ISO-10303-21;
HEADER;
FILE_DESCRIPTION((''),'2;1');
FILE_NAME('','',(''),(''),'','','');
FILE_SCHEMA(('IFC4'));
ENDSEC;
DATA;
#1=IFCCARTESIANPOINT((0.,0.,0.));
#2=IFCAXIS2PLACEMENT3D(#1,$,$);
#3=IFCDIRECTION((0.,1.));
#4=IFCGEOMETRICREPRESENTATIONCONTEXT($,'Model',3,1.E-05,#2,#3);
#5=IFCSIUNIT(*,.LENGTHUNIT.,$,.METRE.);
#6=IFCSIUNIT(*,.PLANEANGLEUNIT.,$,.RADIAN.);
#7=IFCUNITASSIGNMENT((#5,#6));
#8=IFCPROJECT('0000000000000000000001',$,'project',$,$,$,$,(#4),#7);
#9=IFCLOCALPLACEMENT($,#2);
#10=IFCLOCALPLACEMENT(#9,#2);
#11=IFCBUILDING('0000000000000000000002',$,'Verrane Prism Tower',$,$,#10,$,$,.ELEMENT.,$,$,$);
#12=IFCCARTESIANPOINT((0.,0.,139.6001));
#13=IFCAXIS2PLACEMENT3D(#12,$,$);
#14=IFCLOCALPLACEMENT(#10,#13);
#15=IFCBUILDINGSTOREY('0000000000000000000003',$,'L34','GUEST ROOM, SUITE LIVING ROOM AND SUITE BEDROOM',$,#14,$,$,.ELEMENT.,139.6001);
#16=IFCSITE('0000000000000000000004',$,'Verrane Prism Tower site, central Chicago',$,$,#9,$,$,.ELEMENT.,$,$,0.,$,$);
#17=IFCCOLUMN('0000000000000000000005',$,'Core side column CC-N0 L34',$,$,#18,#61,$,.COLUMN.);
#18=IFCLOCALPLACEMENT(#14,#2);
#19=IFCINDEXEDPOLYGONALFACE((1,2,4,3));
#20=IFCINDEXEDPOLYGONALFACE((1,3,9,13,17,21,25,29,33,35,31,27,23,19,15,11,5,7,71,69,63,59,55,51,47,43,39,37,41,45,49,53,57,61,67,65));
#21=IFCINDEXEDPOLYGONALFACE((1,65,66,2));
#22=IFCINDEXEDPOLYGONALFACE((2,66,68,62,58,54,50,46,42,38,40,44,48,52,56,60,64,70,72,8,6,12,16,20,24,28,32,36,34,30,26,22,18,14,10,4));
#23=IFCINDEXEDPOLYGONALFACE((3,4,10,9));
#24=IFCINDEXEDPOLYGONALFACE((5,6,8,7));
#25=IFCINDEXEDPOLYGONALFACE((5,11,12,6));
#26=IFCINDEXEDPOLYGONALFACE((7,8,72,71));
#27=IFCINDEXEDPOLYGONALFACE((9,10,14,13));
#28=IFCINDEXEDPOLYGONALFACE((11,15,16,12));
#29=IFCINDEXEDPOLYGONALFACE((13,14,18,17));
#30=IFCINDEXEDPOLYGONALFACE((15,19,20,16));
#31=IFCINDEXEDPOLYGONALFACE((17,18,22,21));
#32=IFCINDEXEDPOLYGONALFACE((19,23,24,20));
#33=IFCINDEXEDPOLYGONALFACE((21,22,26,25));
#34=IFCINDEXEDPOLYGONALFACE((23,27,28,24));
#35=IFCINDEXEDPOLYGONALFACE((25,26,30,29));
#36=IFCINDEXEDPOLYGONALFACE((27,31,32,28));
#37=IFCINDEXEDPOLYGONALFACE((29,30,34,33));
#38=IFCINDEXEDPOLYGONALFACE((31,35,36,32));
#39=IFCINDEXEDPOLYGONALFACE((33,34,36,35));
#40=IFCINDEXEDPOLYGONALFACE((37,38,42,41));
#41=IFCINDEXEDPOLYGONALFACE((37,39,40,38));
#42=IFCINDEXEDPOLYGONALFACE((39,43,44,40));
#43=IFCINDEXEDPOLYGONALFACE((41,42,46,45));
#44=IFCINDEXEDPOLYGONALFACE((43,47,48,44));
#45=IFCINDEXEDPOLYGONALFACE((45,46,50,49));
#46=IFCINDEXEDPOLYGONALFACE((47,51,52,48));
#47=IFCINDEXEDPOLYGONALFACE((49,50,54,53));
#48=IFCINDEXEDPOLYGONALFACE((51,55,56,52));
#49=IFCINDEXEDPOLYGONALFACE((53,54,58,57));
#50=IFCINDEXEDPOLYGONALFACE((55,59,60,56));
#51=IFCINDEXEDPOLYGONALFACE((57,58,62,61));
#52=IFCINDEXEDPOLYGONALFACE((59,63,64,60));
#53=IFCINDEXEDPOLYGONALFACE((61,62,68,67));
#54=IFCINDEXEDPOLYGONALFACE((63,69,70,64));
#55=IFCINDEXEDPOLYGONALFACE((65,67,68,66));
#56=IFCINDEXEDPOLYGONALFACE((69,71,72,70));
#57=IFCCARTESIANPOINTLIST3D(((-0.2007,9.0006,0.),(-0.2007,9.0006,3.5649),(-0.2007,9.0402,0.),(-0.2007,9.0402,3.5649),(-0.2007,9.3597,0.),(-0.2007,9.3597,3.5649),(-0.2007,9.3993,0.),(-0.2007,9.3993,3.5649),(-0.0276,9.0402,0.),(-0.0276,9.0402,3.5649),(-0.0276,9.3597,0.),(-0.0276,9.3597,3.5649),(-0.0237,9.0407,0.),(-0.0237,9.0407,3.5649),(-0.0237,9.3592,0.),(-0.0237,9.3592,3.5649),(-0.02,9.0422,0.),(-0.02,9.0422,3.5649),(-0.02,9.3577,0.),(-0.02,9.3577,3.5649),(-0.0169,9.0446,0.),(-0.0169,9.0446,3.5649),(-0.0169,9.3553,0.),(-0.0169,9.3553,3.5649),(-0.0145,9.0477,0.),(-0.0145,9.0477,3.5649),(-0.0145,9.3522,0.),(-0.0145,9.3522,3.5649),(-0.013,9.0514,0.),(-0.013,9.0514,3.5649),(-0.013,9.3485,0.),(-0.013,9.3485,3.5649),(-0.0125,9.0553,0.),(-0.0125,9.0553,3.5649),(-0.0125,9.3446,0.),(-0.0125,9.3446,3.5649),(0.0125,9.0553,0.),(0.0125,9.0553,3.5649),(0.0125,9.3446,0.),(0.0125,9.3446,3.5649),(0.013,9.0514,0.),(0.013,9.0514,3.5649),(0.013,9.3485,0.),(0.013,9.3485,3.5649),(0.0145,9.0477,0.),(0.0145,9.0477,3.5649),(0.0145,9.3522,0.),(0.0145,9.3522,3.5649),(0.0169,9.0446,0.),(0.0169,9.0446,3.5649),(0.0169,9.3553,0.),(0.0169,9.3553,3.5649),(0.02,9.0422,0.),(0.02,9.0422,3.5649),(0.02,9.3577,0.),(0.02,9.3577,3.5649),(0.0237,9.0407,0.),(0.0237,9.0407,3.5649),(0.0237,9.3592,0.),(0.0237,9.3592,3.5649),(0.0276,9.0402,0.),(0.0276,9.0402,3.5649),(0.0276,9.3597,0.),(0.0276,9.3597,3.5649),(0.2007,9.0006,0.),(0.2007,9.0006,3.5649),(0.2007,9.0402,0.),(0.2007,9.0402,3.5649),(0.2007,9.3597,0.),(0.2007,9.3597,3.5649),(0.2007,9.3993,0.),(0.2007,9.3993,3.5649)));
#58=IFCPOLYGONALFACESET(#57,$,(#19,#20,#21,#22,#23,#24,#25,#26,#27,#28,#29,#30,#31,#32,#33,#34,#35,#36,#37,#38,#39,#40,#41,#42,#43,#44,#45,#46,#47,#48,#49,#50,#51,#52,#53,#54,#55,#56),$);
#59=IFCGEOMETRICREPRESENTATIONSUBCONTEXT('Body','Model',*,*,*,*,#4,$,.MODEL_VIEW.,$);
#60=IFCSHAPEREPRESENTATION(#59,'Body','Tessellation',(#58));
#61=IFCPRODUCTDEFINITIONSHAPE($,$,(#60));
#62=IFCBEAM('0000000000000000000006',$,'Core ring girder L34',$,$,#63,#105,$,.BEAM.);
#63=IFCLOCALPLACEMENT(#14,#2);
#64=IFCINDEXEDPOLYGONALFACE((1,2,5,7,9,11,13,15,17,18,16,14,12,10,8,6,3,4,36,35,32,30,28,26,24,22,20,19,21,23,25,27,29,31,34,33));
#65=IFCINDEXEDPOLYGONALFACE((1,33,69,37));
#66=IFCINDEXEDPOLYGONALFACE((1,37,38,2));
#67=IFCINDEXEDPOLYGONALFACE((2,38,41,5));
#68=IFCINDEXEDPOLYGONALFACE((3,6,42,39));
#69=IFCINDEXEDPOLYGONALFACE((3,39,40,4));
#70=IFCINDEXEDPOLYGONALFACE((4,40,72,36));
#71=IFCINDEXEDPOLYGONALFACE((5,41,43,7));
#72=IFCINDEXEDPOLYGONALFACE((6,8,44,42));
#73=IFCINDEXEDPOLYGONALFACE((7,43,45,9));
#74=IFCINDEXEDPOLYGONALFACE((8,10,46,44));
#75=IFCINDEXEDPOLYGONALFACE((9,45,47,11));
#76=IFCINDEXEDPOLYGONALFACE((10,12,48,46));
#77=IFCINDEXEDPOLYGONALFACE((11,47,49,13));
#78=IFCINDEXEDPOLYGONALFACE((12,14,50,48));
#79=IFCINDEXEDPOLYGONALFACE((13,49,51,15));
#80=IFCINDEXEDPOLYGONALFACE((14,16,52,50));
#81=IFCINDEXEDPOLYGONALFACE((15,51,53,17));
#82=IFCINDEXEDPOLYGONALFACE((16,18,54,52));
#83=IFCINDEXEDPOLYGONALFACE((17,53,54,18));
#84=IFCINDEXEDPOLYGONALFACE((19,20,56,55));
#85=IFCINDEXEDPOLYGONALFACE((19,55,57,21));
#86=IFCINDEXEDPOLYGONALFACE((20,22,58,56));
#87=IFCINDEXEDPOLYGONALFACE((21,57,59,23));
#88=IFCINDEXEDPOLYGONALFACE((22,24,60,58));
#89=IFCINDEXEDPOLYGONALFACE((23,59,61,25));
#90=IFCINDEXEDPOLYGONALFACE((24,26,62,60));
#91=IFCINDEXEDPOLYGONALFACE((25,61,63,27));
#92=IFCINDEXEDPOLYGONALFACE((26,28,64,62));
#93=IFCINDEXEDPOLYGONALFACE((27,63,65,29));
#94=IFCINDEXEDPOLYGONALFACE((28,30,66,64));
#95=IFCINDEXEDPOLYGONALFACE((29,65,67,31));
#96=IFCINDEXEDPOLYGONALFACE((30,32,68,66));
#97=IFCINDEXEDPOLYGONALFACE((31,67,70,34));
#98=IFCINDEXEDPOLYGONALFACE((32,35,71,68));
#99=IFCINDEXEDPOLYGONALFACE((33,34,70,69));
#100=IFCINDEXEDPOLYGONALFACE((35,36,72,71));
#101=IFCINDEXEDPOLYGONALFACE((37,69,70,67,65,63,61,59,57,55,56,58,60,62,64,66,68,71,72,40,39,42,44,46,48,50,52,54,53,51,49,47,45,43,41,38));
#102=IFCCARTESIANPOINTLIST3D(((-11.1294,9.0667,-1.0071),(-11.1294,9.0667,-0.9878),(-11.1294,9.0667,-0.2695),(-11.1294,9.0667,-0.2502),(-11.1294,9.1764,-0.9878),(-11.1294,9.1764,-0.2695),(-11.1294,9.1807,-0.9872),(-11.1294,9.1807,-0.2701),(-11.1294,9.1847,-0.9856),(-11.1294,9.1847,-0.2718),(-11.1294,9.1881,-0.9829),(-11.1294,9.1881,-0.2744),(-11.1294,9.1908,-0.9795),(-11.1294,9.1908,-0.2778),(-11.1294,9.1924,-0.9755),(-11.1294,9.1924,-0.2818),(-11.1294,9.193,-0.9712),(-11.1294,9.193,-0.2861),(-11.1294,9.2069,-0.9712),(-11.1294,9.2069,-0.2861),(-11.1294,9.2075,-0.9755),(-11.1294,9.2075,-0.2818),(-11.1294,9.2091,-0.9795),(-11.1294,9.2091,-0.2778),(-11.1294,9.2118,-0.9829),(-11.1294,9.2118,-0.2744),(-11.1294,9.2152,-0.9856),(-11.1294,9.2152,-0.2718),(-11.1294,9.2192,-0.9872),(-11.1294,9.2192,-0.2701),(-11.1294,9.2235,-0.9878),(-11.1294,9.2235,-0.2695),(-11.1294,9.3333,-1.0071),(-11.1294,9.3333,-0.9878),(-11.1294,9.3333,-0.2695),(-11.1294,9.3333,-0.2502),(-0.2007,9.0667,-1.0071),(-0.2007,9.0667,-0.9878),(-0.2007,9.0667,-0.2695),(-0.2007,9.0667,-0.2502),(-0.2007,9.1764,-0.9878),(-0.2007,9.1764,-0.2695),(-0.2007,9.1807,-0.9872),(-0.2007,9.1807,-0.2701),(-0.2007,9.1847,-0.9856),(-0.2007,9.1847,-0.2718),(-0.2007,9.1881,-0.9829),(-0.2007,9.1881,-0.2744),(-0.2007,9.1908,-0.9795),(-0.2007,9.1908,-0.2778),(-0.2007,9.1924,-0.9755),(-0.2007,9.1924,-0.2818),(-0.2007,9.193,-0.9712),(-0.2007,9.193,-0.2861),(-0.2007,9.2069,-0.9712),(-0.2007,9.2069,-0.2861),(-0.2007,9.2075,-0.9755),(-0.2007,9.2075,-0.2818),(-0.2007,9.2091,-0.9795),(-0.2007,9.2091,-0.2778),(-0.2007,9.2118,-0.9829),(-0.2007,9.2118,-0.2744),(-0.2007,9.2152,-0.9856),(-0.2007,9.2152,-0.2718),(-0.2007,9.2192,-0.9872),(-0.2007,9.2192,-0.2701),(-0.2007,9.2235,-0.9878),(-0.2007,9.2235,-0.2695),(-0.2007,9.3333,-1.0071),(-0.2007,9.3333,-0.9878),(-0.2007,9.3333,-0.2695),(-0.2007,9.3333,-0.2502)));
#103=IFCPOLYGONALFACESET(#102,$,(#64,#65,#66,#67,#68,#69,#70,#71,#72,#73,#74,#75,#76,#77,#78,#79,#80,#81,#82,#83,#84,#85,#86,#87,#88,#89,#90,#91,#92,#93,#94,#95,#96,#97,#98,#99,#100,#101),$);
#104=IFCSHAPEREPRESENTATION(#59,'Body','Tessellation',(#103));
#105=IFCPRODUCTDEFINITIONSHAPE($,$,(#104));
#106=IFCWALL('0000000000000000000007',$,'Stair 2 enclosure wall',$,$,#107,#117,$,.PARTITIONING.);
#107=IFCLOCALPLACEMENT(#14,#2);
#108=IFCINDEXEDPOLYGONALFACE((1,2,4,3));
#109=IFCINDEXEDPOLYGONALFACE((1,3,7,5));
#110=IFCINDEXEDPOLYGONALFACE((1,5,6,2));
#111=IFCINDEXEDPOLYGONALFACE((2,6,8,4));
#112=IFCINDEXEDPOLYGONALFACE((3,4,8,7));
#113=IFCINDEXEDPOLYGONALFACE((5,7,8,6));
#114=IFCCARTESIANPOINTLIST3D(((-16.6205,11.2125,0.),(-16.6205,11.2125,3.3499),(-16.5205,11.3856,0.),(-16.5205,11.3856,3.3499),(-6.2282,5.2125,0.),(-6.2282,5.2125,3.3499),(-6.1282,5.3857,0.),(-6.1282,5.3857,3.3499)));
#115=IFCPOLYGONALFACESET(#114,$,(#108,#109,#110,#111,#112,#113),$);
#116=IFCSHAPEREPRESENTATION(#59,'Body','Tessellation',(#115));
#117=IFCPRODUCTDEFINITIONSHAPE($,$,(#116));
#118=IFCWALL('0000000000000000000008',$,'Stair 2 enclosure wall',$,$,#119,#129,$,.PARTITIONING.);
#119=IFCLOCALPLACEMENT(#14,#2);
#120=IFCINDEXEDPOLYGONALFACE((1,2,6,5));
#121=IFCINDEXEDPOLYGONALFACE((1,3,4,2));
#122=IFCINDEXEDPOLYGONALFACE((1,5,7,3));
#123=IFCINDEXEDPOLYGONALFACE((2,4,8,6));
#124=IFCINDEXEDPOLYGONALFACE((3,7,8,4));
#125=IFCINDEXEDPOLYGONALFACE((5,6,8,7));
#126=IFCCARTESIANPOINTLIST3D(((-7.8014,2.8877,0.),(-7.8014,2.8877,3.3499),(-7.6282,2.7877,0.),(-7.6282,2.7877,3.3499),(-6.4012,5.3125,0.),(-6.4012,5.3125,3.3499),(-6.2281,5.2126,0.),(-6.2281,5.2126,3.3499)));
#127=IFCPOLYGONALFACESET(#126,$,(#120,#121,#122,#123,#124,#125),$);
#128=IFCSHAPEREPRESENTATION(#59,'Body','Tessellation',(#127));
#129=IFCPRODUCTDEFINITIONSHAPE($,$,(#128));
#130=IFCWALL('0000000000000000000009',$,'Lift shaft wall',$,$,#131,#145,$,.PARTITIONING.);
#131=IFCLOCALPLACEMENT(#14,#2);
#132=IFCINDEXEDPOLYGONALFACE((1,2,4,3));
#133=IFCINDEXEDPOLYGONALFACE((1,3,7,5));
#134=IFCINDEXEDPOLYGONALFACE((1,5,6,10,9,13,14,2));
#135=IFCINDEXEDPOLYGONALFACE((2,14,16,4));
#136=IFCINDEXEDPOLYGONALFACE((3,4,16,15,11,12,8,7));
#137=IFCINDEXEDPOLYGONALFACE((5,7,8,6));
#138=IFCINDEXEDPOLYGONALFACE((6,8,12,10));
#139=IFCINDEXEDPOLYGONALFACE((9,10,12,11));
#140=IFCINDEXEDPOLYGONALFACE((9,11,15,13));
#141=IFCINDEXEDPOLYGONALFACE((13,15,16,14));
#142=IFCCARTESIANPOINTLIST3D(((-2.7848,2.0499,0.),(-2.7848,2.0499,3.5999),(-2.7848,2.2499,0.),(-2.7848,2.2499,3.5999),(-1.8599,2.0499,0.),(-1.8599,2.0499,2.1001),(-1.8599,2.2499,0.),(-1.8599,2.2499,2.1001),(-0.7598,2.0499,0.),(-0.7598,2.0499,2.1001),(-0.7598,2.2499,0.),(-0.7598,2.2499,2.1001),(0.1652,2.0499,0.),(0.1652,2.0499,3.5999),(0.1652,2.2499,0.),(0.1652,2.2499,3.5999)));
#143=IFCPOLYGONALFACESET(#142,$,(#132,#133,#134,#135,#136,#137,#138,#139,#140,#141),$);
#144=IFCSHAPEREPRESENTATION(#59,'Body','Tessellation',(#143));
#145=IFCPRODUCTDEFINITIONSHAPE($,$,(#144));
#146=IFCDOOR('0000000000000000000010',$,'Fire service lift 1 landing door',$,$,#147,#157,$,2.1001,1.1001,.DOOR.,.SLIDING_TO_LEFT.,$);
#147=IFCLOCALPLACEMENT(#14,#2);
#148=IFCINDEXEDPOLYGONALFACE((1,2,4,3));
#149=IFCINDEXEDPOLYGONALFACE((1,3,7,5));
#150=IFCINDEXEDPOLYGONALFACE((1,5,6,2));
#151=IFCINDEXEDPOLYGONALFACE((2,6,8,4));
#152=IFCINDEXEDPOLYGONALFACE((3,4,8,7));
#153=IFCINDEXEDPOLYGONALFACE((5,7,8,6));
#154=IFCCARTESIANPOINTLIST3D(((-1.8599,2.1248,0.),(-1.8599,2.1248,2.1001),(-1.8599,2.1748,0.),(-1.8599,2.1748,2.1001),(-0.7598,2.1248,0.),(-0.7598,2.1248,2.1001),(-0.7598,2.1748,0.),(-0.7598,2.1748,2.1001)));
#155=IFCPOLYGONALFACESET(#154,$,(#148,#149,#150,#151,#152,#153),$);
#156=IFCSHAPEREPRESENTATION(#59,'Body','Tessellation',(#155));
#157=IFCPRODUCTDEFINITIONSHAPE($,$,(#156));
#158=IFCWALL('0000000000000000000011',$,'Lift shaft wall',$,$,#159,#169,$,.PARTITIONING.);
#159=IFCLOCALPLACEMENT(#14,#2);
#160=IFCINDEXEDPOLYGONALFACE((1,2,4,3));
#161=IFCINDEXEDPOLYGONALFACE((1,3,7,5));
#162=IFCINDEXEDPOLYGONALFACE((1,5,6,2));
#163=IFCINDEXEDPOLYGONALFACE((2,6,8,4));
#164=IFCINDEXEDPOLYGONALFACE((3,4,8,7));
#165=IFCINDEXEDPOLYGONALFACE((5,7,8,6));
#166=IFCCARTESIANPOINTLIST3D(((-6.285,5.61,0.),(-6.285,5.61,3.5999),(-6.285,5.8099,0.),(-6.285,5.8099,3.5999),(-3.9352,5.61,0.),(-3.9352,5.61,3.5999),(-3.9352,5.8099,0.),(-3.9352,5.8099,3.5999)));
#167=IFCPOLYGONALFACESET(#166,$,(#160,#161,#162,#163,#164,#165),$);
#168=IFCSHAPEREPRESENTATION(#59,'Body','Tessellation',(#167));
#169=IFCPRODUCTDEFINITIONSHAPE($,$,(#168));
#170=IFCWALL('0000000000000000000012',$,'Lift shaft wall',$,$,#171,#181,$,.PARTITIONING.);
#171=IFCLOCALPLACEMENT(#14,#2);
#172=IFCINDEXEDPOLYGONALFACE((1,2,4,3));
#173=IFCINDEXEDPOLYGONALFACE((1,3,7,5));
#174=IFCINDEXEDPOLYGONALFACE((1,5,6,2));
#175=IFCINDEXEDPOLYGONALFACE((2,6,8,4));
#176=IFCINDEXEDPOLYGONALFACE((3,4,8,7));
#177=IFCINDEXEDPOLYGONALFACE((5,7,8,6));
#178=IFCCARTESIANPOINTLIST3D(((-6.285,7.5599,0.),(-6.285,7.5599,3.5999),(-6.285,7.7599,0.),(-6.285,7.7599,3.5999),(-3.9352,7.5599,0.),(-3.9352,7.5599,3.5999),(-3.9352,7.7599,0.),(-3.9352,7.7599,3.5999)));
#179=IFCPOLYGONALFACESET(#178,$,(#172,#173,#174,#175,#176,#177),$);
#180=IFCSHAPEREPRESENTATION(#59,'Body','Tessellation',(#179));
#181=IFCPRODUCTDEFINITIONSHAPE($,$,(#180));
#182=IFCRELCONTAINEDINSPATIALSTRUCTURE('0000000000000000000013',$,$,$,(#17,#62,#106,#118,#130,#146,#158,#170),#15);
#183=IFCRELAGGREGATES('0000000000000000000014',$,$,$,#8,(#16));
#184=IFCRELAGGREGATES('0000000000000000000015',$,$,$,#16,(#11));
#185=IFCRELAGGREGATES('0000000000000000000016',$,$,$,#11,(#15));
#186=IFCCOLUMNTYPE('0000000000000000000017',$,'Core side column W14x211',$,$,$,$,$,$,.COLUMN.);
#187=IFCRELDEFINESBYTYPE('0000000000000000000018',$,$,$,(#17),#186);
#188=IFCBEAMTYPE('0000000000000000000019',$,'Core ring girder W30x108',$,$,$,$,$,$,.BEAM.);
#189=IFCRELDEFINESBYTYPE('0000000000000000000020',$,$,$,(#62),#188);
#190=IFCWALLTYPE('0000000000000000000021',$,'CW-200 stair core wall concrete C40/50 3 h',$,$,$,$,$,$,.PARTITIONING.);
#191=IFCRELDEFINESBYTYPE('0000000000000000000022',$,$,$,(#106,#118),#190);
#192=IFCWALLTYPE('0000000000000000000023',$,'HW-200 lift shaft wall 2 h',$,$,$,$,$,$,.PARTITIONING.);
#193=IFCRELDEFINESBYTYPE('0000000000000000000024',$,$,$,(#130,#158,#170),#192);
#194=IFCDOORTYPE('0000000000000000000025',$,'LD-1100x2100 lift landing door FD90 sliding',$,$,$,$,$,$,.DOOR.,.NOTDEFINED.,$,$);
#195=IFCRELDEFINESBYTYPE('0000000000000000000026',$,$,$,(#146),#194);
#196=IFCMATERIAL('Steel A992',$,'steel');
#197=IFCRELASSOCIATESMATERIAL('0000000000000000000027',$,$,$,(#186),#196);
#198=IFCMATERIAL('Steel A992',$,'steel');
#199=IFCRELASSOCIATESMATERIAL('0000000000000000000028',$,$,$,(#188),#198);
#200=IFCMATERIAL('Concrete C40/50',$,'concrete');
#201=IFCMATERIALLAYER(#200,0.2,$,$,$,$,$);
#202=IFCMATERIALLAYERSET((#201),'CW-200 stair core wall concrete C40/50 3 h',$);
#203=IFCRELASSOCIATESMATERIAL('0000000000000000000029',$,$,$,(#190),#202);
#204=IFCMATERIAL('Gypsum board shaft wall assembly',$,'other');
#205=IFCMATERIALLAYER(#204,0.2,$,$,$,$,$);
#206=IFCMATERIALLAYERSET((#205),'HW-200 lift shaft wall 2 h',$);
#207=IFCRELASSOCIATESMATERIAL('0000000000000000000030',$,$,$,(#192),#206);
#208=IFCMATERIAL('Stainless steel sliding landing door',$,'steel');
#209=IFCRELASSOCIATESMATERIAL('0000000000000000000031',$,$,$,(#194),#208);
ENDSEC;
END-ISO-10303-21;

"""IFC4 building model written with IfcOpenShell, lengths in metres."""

from ifc_helpers import new_model, si_unit, direction, frame, frame_2d, origin, origin_2d, place, context, subcontext, project, spatial, rectangle, i_section, extrude, material, layer, layer_set, material_profile, profile_set, type_object, element, fill, save


model = new_model("IFC4")

# Units and contexts
model_context = context("Model", 3, precision=1e-05, world=origin(), true_north=direction((0.0, 1.0)))
body_context = subcontext(model_context, "Body", "Model", "MODEL_VIEW")
ifc_project = project(units=[si_unit("LENGTHUNIT", "METRE"), si_unit("PLANEANGLEUNIT", "RADIAN")], contexts=[model_context])

# Site, building, storey
site_placement = place(None, origin())
site = spatial("IfcSite", under=ifc_project, at=site_placement, Name="Verrane Prism Tower site, central Chicago", CompositionType="ELEMENT", RefElevation=0.0)
building_placement = place(site_placement, origin())
building = spatial("IfcBuilding", under=site, at=building_placement, Name="Verrane Prism Tower", CompositionType="ELEMENT")
storey_placement = place(building_placement, frame((0.0, 0.0, 139.6001)))
storey = spatial("IfcBuildingStorey", under=building, at=storey_placement, Name="L34", Description="GUEST ROOM, SUITE LIVING ROOM AND SUITE BEDROOM", CompositionType="ELEMENT", Elevation=139.6001)

# Column
ifc_material_1 = material(Name="Steel A992", Category="steel")
ifc_material_profile_1 = material_profile(ifc_material_1, i_section(OverallWidth=0.4014, OverallDepth=0.3987, WebThickness=0.0249, FlangeThickness=0.0396, FilletRadius=0.0151, at=origin_2d()), Name="W14x211")
ifc_profile_set_1 = profile_set([ifc_material_profile_1], Name="Steel A992")
column_type = type_object("IfcColumnType", Name="Core side column W14x211", PredefinedType="COLUMN", material=ifc_profile_set_1)
column_placement = place(storey_placement, frame((0.0, 9.2, 0.0), z_axis=(0.0, 0.0, 1.0), x_axis=(1.0, 0.0, 0.0)))
element("IfcColumn", 1, at=column_placement, inside=storey, type_object=column_type, Name="Core side column CC-N0 L34", PredefinedType="COLUMN", context=body_context, shape_type="SweptSolid", body=[
    extrude(i_section(OverallWidth=0.4014, OverallDepth=0.3987, WebThickness=0.0249, FlangeThickness=0.0396, FilletRadius=0.0151, at=origin_2d()), origin(), (0.0, 0.0, 1.0), 3.5649),
])

# Beam
ifc_material_2 = material(Name="Steel A992", Category="steel")
ifc_material_profile_2 = material_profile(ifc_material_2, i_section(OverallWidth=0.2666, OverallDepth=0.7568, WebThickness=0.0139, FlangeThickness=0.0193, FilletRadius=0.0166, at=origin_2d()), Name="W30x108")
ifc_profile_set_2 = profile_set([ifc_material_profile_2], Name="Steel A992")
beam_type = type_object("IfcBeamType", Name="Core ring girder W30x108", PredefinedType="BEAM", material=ifc_profile_set_2)
beam_placement = place(storey_placement, frame((-0.2007, 9.2, -0.6287), z_axis=(-1.0, 0.0, 0.0), x_axis=(0.0, -1.0, 0.0)))
element("IfcBeam", 2, at=beam_placement, inside=storey, type_object=beam_type, Name="Core ring girder L34", PredefinedType="BEAM", context=body_context, shape_type="SweptSolid", body=[
    extrude(i_section(OverallWidth=0.2666, OverallDepth=0.7568, WebThickness=0.0139, FlangeThickness=0.0193, FilletRadius=0.0166, at=origin_2d()), origin(), (0.0, 0.0, 1.0), 10.9287),
])

# Walls
ifc_material_3 = material(Name="Concrete C40/50", Category="concrete")
ifc_layer_1 = layer(ifc_material_3, 0.2)
ifc_layer_set_1 = layer_set([ifc_layer_1], Name="CW-200 stair core wall concrete C40/50 3 h")
wall_type_1 = type_object("IfcWallType", Name="CW-200 stair core wall concrete C40/50 3 h", PredefinedType="PARTITIONING", material=ifc_layer_set_1)
wall_1_placement = place(storey_placement, frame((-6.1782, 5.2991, 0.0), z_axis=(0.0, 0.0, 1.0), x_axis=(-0.866026, 0.499999, 0.0)))
element("IfcWall", 3, at=wall_1_placement, inside=storey, type_object=wall_type_1, Name="Stair 2 enclosure wall", PredefinedType="PARTITIONING", context=body_context, shape_type="SweptSolid", body=[
    extrude(rectangle(XDim=12.0, YDim=0.2, at=frame_2d((6.0, 0.0))), origin(), (0.0, 0.0, 1.0), 3.3499),
])
wall_2_placement = place(storey_placement, frame((-6.3147, 5.2625, 0.0), z_axis=(0.0, 0.0, 1.0), x_axis=(-0.50005, -0.865997, 0.0)))
element("IfcWall", 4, at=wall_2_placement, inside=storey, type_object=wall_type_1, Name="Stair 2 enclosure wall", PredefinedType="PARTITIONING", context=body_context, shape_type="SweptSolid", body=[
    extrude(rectangle(XDim=2.8, YDim=0.2, at=frame_2d((1.3999, 0.0))), origin(), (0.0, 0.0, 1.0), 3.3499),
])

# Wall, opening, door
ifc_material_4 = material(Name="Gypsum board shaft wall assembly", Category="other")
ifc_layer_2 = layer(ifc_material_4, 0.2)
ifc_layer_set_2 = layer_set([ifc_layer_2], Name="HW-200 lift shaft wall 2 h")
wall_type_2 = type_object("IfcWallType", Name="HW-200 lift shaft wall 2 h", PredefinedType="PARTITIONING", material=ifc_layer_set_2)
wall_3_placement = place(storey_placement, frame((-2.7849, 2.1499, 0.0), z_axis=(0.0, 0.0, 1.0), x_axis=(1.0, 0.0, 0.0)))
wall_3 = element("IfcWall", 5, at=wall_3_placement, inside=storey, type_object=wall_type_2, Name="Lift shaft wall", PredefinedType="PARTITIONING", context=body_context, shape_type="SweptSolid", body=[
    extrude(rectangle(XDim=2.95, YDim=0.2, at=frame_2d((1.4751, 0.0))), origin(), (0.0, 0.0, 1.0), 3.5999),
])
opening_1_placement = place(wall_3_placement, frame((0.925, 0.0, 0.0)))
opening_1 = element("IfcOpeningElement", 6, at=opening_1_placement, cuts=wall_3, PredefinedType="OPENING", context=body_context, shape_type="SweptSolid", body=[
    extrude(rectangle(XDim=1.1001, YDim=2.1001, at=frame_2d((0.55, 1.05))), frame((0.0, 0.1099, 0.0), z_axis=(0.0, -1.0, 0.0), x_axis=(1.0, 0.0, 0.0)), (0.0, 0.0, 1.0), 0.22),
])
ifc_material_5 = material(Name="Stainless steel sliding landing door", Category="steel")
door_type_1 = type_object("IfcDoorType", Name="LD-1100x2100 lift landing door FD90 sliding", OperationType="NOTDEFINED", PredefinedType="DOOR", material=ifc_material_5)
door_1_placement = place(opening_1_placement, origin())
door_1 = element("IfcDoor", 7, at=door_1_placement, inside=storey, type_object=door_type_1, Name="Fire service lift 1 landing door", OperationType="SLIDING_TO_LEFT", OverallHeight=2.1001, OverallWidth=1.1001, PredefinedType="DOOR", context=body_context, shape_type="SweptSolid", body=[
    extrude(rectangle(XDim=1.1001, YDim=2.1001, at=frame_2d((0.55, 1.05))), frame((0.0, 0.0249, 0.0), z_axis=(0.0, -1.0, 0.0), x_axis=(1.0, 0.0, 0.0)), (0.0, 0.0, 1.0), 0.05),
])
fill(opening_1, door_1)

# Walls
for number, where, z_axis, x_axis, name in (
    (8, (-6.2849, 5.71, 0.0), (0.0, 0.0, 1.0), (1.0, 0.0, 0.0), "Lift shaft wall"),
    (9, (-6.2849, 7.6599, 0.0), (0.0, 0.0, 1.0), (1.0, 0.0, 0.0), "Lift shaft wall"),
):
    element("IfcWall", number, at=place(storey_placement, frame(where, z_axis=z_axis, x_axis=x_axis)), inside=storey, type_object=wall_type_2, Name=name, PredefinedType="PARTITIONING", context=body_context, shape_type="SweptSolid", body=[
        extrude(rectangle(XDim=2.3499, YDim=0.2, at=frame_2d((1.1748, 0.0))), origin(), (0.0, 0.0, 1.0), 3.5999),
    ])

save(model, "model.ifc")
